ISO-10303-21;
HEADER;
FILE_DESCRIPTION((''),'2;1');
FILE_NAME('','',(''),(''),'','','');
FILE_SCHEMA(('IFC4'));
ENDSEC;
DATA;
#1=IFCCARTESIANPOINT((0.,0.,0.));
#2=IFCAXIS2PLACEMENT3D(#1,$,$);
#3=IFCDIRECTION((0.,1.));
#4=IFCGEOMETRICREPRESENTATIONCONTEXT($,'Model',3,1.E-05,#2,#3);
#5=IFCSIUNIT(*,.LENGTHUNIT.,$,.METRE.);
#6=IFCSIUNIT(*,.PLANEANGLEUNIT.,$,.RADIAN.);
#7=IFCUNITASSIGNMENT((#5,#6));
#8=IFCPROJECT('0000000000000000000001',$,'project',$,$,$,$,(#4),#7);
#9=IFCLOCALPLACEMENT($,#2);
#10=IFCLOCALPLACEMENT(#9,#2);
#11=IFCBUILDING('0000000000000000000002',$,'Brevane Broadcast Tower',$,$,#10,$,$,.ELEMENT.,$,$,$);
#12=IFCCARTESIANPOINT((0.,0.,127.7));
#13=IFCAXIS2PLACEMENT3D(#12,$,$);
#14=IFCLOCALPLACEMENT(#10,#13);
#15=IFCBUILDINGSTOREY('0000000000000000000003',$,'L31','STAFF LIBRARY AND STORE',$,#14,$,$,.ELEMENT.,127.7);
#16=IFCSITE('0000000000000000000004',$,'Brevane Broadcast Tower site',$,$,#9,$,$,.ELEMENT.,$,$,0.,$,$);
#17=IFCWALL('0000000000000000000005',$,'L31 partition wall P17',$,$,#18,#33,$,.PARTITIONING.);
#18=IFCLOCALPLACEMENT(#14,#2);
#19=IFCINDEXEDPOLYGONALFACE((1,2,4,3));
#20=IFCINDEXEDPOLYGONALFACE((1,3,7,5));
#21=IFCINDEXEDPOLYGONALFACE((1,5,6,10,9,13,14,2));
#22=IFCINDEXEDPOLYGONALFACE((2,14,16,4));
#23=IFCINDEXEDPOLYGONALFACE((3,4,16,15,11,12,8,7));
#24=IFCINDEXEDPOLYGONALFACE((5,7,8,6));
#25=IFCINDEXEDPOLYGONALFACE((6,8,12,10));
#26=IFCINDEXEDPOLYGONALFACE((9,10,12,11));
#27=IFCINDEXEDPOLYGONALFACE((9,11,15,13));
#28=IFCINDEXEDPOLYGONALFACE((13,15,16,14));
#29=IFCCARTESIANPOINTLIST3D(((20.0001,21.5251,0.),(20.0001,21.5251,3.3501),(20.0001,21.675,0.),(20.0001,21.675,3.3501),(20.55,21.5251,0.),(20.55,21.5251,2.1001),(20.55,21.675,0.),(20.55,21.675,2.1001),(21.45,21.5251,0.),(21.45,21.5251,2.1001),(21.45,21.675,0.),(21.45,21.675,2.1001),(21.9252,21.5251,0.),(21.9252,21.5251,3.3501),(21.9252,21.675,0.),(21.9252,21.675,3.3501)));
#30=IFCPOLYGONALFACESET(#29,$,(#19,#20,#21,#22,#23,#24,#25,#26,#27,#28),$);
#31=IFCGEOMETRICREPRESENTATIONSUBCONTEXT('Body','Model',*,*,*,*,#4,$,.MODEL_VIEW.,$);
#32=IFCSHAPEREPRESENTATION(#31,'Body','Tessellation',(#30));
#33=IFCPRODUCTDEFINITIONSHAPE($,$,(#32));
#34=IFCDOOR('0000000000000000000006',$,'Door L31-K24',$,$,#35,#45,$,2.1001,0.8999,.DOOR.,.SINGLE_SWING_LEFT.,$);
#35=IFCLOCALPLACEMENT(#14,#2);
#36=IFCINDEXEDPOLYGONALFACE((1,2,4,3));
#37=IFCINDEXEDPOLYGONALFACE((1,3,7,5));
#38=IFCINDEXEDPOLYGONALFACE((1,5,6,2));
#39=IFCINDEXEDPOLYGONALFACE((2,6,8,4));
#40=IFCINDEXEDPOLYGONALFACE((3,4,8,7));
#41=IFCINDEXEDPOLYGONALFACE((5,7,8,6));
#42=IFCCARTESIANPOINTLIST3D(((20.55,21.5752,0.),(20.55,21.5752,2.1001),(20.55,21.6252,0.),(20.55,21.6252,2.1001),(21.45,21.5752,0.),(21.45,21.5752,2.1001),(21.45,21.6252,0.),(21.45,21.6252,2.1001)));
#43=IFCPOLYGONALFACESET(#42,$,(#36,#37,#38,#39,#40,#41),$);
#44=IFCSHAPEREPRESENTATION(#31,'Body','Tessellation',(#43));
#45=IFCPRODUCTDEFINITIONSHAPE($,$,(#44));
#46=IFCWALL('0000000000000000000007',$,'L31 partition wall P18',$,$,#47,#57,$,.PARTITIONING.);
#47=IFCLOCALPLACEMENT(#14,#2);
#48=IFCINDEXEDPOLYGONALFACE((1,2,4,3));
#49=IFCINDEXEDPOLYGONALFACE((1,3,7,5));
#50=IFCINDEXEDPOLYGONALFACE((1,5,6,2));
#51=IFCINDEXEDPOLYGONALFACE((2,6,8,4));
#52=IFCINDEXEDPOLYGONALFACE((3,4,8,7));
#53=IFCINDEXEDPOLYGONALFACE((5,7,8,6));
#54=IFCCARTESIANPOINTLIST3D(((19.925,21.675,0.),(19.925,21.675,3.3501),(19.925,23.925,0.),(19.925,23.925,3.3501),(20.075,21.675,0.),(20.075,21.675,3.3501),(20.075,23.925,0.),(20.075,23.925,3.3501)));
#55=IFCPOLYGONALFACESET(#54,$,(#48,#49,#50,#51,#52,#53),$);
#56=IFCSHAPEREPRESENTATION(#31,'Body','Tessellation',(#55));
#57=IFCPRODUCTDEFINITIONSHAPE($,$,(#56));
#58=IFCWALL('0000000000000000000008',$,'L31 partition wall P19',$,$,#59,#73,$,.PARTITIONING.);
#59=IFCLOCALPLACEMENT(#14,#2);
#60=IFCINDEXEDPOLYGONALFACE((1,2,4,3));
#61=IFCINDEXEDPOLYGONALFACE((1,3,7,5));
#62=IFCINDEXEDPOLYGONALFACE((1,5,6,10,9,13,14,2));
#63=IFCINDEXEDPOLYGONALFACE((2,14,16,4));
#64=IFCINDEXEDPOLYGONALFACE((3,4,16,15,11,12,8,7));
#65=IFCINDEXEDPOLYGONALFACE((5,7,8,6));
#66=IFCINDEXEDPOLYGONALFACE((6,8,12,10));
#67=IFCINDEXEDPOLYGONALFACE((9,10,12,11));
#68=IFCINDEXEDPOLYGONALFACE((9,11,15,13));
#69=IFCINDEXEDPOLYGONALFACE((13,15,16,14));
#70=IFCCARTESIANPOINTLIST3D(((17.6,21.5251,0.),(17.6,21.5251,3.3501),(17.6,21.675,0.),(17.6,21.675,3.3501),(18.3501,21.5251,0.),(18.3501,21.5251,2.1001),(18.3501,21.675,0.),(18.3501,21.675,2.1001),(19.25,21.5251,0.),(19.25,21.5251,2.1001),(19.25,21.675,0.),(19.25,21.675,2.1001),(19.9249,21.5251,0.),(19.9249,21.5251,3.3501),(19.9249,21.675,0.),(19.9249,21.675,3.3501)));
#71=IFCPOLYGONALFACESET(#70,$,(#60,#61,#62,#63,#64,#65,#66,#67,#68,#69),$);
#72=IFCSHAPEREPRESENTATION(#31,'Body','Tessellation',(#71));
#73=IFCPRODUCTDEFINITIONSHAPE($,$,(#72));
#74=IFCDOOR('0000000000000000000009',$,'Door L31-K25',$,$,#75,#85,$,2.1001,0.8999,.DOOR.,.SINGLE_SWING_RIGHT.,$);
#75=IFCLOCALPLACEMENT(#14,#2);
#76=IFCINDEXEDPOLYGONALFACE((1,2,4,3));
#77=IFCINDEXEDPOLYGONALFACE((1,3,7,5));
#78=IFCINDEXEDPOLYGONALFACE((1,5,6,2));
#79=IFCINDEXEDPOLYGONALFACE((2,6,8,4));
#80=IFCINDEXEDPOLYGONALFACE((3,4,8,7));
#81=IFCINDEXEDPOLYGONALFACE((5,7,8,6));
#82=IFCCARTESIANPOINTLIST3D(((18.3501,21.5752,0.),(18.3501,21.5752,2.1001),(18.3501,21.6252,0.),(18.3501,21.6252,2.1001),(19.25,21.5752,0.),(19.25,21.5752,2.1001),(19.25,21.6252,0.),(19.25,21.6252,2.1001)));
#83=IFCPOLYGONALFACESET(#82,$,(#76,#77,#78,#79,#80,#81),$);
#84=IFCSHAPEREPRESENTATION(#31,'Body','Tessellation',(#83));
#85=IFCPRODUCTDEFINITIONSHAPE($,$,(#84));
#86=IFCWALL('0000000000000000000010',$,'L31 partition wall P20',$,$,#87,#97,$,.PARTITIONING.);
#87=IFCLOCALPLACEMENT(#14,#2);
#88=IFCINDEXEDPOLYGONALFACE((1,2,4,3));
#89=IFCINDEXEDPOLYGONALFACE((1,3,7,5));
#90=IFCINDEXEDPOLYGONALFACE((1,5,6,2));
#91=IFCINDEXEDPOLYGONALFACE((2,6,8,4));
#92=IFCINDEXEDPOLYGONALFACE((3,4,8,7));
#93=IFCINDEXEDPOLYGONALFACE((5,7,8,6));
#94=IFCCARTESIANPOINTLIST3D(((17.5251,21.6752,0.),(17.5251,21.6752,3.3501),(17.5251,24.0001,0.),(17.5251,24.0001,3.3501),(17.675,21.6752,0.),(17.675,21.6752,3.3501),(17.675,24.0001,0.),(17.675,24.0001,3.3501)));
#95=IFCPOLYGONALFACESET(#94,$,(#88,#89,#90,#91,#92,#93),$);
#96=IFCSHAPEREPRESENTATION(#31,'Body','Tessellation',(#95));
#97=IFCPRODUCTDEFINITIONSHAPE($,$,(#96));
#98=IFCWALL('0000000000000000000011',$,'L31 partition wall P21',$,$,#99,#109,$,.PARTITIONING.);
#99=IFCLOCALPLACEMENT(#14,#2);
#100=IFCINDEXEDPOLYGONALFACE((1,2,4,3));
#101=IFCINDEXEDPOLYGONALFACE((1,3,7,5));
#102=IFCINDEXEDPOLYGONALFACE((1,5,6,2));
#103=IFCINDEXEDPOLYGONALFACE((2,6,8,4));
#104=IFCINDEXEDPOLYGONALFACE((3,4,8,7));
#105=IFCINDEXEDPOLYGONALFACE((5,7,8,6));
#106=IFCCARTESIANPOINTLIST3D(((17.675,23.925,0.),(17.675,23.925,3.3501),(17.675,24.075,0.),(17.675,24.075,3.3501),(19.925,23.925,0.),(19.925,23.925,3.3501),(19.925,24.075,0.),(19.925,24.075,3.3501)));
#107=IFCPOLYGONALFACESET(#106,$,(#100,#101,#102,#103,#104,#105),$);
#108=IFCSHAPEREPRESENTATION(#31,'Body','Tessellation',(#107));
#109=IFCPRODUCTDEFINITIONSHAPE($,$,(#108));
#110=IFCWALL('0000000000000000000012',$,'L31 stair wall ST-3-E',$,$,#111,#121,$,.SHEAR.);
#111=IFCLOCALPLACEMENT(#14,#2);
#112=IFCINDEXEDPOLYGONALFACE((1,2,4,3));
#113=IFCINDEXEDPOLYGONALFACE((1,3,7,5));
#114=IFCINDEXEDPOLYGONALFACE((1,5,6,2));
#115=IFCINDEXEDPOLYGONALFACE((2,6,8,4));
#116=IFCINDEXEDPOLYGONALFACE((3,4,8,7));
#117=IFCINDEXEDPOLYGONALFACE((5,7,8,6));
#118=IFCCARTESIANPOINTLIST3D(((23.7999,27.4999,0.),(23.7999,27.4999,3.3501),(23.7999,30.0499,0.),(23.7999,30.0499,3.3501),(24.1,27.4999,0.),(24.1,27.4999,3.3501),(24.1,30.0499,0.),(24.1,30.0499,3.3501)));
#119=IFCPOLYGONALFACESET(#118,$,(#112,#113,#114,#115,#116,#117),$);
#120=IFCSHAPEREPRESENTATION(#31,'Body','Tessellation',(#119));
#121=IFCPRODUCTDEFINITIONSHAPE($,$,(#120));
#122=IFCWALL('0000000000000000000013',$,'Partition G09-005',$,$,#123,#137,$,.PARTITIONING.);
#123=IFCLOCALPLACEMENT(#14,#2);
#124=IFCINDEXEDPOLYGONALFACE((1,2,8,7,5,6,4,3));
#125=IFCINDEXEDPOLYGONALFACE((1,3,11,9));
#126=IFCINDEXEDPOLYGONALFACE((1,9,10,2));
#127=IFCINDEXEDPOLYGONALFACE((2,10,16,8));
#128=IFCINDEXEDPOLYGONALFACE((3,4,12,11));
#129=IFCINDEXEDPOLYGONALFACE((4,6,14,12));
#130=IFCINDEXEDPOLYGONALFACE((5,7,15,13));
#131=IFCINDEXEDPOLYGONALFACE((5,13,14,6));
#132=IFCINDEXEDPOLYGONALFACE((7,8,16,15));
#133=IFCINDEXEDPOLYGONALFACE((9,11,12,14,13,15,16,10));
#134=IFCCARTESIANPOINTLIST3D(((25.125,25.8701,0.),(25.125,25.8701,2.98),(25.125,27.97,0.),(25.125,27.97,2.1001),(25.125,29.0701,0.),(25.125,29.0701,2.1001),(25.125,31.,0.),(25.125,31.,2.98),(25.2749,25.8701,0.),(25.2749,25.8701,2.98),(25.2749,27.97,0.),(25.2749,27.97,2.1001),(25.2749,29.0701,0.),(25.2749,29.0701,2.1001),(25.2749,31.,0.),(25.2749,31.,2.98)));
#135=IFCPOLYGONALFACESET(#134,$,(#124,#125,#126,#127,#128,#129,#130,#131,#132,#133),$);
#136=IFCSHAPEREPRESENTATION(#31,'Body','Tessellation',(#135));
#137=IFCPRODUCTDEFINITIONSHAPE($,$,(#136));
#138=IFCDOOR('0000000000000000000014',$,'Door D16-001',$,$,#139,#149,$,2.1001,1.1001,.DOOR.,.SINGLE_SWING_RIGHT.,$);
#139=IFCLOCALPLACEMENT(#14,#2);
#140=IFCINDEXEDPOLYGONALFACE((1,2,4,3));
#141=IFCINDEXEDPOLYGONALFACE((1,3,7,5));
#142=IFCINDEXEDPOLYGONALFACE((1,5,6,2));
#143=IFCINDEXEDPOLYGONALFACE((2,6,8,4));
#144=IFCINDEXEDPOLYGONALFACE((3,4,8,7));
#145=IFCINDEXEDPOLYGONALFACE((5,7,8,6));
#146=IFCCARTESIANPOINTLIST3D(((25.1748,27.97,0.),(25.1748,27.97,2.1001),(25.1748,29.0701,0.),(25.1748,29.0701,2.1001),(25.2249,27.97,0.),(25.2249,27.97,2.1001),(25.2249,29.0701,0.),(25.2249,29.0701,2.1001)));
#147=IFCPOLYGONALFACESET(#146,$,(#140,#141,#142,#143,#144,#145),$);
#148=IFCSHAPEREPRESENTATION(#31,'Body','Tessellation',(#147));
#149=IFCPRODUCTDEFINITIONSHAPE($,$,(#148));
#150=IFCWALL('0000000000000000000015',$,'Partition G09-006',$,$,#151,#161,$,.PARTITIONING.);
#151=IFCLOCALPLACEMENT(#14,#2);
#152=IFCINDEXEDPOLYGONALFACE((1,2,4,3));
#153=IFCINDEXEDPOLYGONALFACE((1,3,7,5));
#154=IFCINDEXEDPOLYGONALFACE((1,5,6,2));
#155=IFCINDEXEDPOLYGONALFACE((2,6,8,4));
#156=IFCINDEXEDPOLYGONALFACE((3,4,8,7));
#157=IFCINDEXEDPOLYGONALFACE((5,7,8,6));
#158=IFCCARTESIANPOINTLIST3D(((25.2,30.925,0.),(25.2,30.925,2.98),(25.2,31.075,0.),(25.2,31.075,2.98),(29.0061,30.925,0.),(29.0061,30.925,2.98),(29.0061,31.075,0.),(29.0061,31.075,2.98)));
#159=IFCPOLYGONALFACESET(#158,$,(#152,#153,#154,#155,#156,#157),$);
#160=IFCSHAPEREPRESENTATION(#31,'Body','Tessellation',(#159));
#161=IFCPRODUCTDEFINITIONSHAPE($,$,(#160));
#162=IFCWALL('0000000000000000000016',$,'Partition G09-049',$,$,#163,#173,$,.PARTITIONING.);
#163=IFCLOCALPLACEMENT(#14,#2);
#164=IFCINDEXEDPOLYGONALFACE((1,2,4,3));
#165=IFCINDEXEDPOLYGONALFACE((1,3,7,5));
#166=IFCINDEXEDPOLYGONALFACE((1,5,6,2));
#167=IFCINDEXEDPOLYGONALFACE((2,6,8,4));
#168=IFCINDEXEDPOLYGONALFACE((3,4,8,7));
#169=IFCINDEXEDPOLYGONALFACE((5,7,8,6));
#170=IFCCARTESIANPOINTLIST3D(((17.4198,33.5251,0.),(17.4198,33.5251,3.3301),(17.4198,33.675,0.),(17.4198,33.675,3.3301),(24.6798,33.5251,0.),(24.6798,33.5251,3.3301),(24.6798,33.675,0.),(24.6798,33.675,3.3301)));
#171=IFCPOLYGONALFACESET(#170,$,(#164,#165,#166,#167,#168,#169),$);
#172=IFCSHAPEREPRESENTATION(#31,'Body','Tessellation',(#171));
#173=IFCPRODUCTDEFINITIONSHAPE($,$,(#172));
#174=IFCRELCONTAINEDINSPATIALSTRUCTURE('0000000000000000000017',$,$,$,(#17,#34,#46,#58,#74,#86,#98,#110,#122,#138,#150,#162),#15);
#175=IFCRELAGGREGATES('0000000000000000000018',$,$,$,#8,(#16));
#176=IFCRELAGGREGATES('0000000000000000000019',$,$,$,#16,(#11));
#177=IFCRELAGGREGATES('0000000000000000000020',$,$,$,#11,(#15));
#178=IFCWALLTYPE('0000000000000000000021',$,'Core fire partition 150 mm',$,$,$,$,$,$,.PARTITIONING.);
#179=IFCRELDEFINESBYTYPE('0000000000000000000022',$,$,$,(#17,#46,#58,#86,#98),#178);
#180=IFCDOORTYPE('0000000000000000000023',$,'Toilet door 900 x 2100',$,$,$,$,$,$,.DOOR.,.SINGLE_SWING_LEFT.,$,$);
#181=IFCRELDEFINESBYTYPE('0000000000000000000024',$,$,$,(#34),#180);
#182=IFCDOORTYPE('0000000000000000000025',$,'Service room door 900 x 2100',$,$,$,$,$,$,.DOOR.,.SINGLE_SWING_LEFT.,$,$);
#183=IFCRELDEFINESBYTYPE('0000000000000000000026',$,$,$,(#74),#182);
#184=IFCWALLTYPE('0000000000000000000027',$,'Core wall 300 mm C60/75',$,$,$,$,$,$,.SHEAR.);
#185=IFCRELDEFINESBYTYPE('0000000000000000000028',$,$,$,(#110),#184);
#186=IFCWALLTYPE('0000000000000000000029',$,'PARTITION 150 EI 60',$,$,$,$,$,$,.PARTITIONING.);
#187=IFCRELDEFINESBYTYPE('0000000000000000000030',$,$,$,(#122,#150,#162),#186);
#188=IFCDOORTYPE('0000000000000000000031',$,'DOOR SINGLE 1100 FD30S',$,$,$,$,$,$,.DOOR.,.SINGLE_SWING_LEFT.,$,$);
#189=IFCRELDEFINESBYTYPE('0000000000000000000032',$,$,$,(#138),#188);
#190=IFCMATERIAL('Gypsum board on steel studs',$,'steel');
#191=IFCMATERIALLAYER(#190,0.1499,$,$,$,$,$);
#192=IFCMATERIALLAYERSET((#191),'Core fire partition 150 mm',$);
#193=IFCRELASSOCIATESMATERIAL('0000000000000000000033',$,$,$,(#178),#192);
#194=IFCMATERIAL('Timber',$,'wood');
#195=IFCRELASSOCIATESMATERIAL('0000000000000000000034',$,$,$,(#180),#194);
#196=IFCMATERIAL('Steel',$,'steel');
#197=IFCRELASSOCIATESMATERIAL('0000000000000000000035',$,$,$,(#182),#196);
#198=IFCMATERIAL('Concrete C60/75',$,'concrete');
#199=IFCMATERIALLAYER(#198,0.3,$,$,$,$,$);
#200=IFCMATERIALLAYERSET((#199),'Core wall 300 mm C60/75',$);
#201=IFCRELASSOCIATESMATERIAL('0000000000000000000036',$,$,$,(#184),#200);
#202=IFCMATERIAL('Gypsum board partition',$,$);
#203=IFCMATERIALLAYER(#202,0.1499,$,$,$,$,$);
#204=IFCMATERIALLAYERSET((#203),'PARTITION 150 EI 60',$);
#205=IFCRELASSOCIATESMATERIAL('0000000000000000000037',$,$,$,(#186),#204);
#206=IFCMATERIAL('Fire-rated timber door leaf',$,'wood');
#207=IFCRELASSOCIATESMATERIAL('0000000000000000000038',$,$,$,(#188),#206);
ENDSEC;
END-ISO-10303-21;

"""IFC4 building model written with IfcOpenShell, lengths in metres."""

from ifc_helpers import new_model, si_unit, direction, frame, frame_2d, origin, place, context, subcontext, project, spatial, polyline, rectangle, outline, extrude, material, layer, layer_set, type_object, element, fill, save


model = new_model("IFC4")

# Units and contexts
model_context = context("Model", 3, precision=1e-05, world=origin(), true_north=direction((0.0, 1.0)))
body_context = subcontext(model_context, "Body", "Model", "MODEL_VIEW")
ifc_project = project(units=[si_unit("LENGTHUNIT", "METRE"), si_unit("PLANEANGLEUNIT", "RADIAN")], contexts=[model_context])

# Site, building, storey
site_placement = place(None, origin())
site = spatial("IfcSite", under=ifc_project, at=site_placement, Name="Brevane Broadcast Tower site", CompositionType="ELEMENT", RefElevation=0.0)
building_placement = place(site_placement, origin())
building = spatial("IfcBuilding", under=site, at=building_placement, Name="Brevane Broadcast Tower", CompositionType="ELEMENT")
storey_placement = place(building_placement, frame((0.0, 0.0, 127.7)))
storey = spatial("IfcBuildingStorey", under=building, at=storey_placement, Name="L31", Description="STAFF LIBRARY AND STORE", CompositionType="ELEMENT", Elevation=127.7)

# Shared definitions
ifc_material_1 = material(Name="Concrete C60/75", Category="concrete")

# Shared definitions
ifc_material_2 = material(Name="Gypsum board on steel studs", Category="steel")
ifc_layer_1 = layer(ifc_material_2, 0.1499)
ifc_layer_set_1 = layer_set([ifc_layer_1], Name="Core fire partition 150 mm")
wall_type_1 = type_object("IfcWallType", Name="Core fire partition 150 mm", PredefinedType="PARTITIONING", material=ifc_layer_set_1)

# Wall, opening, door
wall_1_placement = place(storey_placement, frame((21.925, 21.6001, 0.0), z_axis=(0.0, 0.0, 1.0), x_axis=(-1.0, 0.0, 0.0)))
wall_1 = element("IfcWall", 1, at=wall_1_placement, inside=storey, type_object=wall_type_1, Name="L31 partition wall P17", PredefinedType="PARTITIONING", context=body_context, shape_type="SweptSolid", body=[
    extrude(rectangle(XDim=1.925, YDim=0.1499, at=frame_2d((0.9624, 0.0))), origin(), (0.0, 0.0, 1.0), 3.3501),
])
opening_1_placement = place(wall_1_placement, frame((0.4751, 0.0, 0.0)))
opening_1 = element("IfcOpeningElement", 2, at=opening_1_placement, cuts=wall_1, PredefinedType="OPENING", context=body_context, shape_type="SweptSolid", body=[
    extrude(rectangle(XDim=0.8999, YDim=2.1001, at=frame_2d((0.45, 1.05))), frame((0.0, 0.085, 0.0), z_axis=(0.0, -1.0, 0.0), x_axis=(1.0, 0.0, 0.0)), (0.0, 0.0, 1.0), 0.1699),
])
ifc_material_3 = material(Name="Timber", Category="wood")
door_type_1 = type_object("IfcDoorType", Name="Toilet door 900 x 2100", OperationType="SINGLE_SWING_LEFT", PredefinedType="DOOR", material=ifc_material_3)
door_1_placement = place(opening_1_placement, origin())
door_1 = element("IfcDoor", 3, at=door_1_placement, inside=storey, type_object=door_type_1, Name="Door L31-K24", OperationType="SINGLE_SWING_LEFT", OverallHeight=2.1001, OverallWidth=0.8999, PredefinedType="DOOR", context=body_context, shape_type="SweptSolid", body=[
    extrude(rectangle(XDim=0.8999, YDim=2.1001, at=frame_2d((0.45, 1.05))), frame((0.0, 0.0249, 0.0), z_axis=(0.0, -1.0, 0.0), x_axis=(1.0, 0.0, 0.0)), (0.0, 0.0, 1.0), 0.05),
])
fill(opening_1, door_1)

# Wall
wall_2_placement = place(storey_placement, frame((20.0, 21.675, 0.0), z_axis=(0.0, 0.0, 1.0), x_axis=(0.0, 1.0, 0.0)))
element("IfcWall", 4, at=wall_2_placement, inside=storey, type_object=wall_type_1, Name="L31 partition wall P18", PredefinedType="PARTITIONING", context=body_context, shape_type="SweptSolid", body=[
    extrude(rectangle(XDim=2.25, YDim=0.1499, at=frame_2d((1.125, 0.0))), origin(), (0.0, 0.0, 1.0), 3.3501),
])

# Wall, opening, door
wall_3_placement = place(storey_placement, frame((19.925, 21.6001, 0.0), z_axis=(0.0, 0.0, 1.0), x_axis=(-1.0, 0.0, 0.0)))
wall_3 = element("IfcWall", 5, at=wall_3_placement, inside=storey, type_object=wall_type_1, Name="L31 partition wall P19", PredefinedType="PARTITIONING", context=body_context, shape_type="SweptSolid", body=[
    extrude(rectangle(XDim=2.325, YDim=0.1499, at=frame_2d((1.1626, 0.0))), origin(), (0.0, 0.0, 1.0), 3.3501),
])
opening_2_placement = place(wall_3_placement, frame((0.675, 0.0, 0.0)))
opening_2 = element("IfcOpeningElement", 6, at=opening_2_placement, cuts=wall_3, PredefinedType="OPENING", context=body_context, shape_type="SweptSolid", body=[
    extrude(rectangle(XDim=0.8999, YDim=2.1001, at=frame_2d((0.45, 1.05))), frame((0.0, 0.085, 0.0), z_axis=(0.0, -1.0, 0.0), x_axis=(1.0, 0.0, 0.0)), (0.0, 0.0, 1.0), 0.1699),
])
ifc_material_4 = material(Name="Steel", Category="steel")
door_type_2 = type_object("IfcDoorType", Name="Service room door 900 x 2100", OperationType="SINGLE_SWING_LEFT", PredefinedType="DOOR", material=ifc_material_4)
door_2_placement = place(opening_2_placement, origin())
door_2 = element("IfcDoor", 7, at=door_2_placement, inside=storey, type_object=door_type_2, Name="Door L31-K25", OperationType="SINGLE_SWING_RIGHT", OverallHeight=2.1001, OverallWidth=0.8999, PredefinedType="DOOR", context=body_context, shape_type="SweptSolid", body=[
    extrude(rectangle(XDim=0.8999, YDim=2.1001, at=frame_2d((0.45, 1.05))), frame((0.0, 0.0249, 0.0), z_axis=(0.0, -1.0, 0.0), x_axis=(1.0, 0.0, 0.0)), (0.0, 0.0, 1.0), 0.05),
])
fill(opening_2, door_2)

# Walls
wall_4_placement = place(storey_placement, frame((17.6001, 21.675, 0.0), z_axis=(0.0, 0.0, 1.0), x_axis=(0.0, 1.0, 0.0)))
element("IfcWall", 8, at=wall_4_placement, inside=storey, type_object=wall_type_1, Name="L31 partition wall P20", PredefinedType="PARTITIONING", context=body_context, shape_type="SweptSolid", body=[
    extrude(rectangle(XDim=2.325, YDim=0.1499, at=frame_2d((1.1626, 0.0))), origin(), (0.0, 0.0, 1.0), 3.3501),
])
wall_5_placement = place(storey_placement, frame((17.675, 24.0, 0.0), z_axis=(0.0, 0.0, 1.0), x_axis=(1.0, 0.0, 0.0)))
element("IfcWall", 9, at=wall_5_placement, inside=storey, type_object=wall_type_1, Name="L31 partition wall P21", PredefinedType="PARTITIONING", context=body_context, shape_type="SweptSolid", body=[
    extrude(rectangle(XDim=2.25, YDim=0.1499, at=frame_2d((1.125, 0.0))), origin(), (0.0, 0.0, 1.0), 3.3501),
])
ifc_layer_2 = layer(ifc_material_1, 0.3)
ifc_layer_set_2 = layer_set([ifc_layer_2], Name="Core wall 300 mm C60/75")
wall_type_2 = type_object("IfcWallType", Name="Core wall 300 mm C60/75", PredefinedType="SHEAR", material=ifc_layer_set_2)
wall_6_placement = place(storey_placement, frame((23.95, 27.5, 0.0), z_axis=(0.0, 0.0, 1.0), x_axis=(0.0, 1.0, 0.0)))
element("IfcWall", 10, at=wall_6_placement, inside=storey, type_object=wall_type_2, Name="L31 stair wall ST-3-E", PredefinedType="SHEAR", context=body_context, shape_type="SweptSolid", body=[
    extrude(rectangle(XDim=2.55, YDim=0.3, at=frame_2d((1.2749, 0.0))), origin(), (0.0, 0.0, 1.0), 3.3501),
])

# Wall, opening, door
ifc_material_5 = material(Name="Gypsum board partition")
ifc_layer_3 = layer(ifc_material_5, 0.1499)
ifc_layer_set_3 = layer_set([ifc_layer_3], Name="PARTITION 150 EI 60")
wall_type_3 = type_object("IfcWallType", Name="PARTITION 150 EI 60", PredefinedType="PARTITIONING", material=ifc_layer_set_3)
wall_7_placement = place(storey_placement, frame((25.2, 31.0, 0.0), z_axis=(0.0, 0.0, 1.0), x_axis=(0.0, -1.0, 0.0)))
wall_7 = element("IfcWall", 11, at=wall_7_placement, inside=storey, type_object=wall_type_3, Name="Partition G09-005", PredefinedType="PARTITIONING", context=body_context, shape_type="SweptSolid", body=[
    extrude(outline(polyline([(0.0, 0.0), (5.1299, 0.0), (5.1299, 2.98), (0.0, 2.98), (0.0, 0.0)])), frame((0.0, 0.075, 0.0), z_axis=(0.0, -1.0, 0.0), x_axis=(1.0, 0.0, 0.0)), (0.0, 0.0, 1.0), 0.1499),
])
opening_3_placement = place(wall_7_placement, frame((1.9299, 0.0, 0.0)))
opening_3 = element("IfcOpeningElement", 12, at=opening_3_placement, cuts=wall_7, PredefinedType="OPENING", context=body_context, shape_type="SweptSolid", body=[
    extrude(rectangle(XDim=1.1001, YDim=2.1001, at=frame_2d((0.55, 1.05))), frame((0.0, 0.085, 0.0), z_axis=(0.0, -1.0, 0.0), x_axis=(1.0, 0.0, 0.0)), (0.0, 0.0, 1.0), 0.1699),
])
ifc_material_6 = material(Name="Fire-rated timber door leaf", Category="wood")
door_type_3 = type_object("IfcDoorType", Name="DOOR SINGLE 1100 FD30S", OperationType="SINGLE_SWING_LEFT", PredefinedType="DOOR", material=ifc_material_6)
door_3_placement = place(opening_3_placement, origin())
door_3 = element("IfcDoor", 13, at=door_3_placement, inside=storey, type_object=door_type_3, Name="Door D16-001", OperationType="SINGLE_SWING_RIGHT", OverallHeight=2.1001, OverallWidth=1.1001, PredefinedType="DOOR", context=body_context, shape_type="SweptSolid", body=[
    extrude(rectangle(XDim=1.1001, YDim=2.1001, at=frame_2d((0.55, 1.05))), frame((0.0, 0.0249, 0.0), z_axis=(0.0, -1.0, 0.0), x_axis=(1.0, 0.0, 0.0)), (0.0, 0.0, 1.0), 0.05),
])
fill(opening_3, door_3)

# Walls
wall_8_placement = place(storey_placement, frame((25.2, 31.0, 0.0), z_axis=(0.0, 0.0, 1.0), x_axis=(1.0, 0.0, 0.0)))
element("IfcWall", 14, at=wall_8_placement, inside=storey, type_object=wall_type_3, Name="Partition G09-006", PredefinedType="PARTITIONING", context=body_context, shape_type="SweptSolid", body=[
    extrude(rectangle(XDim=3.8062, YDim=0.1499, at=frame_2d((1.9031, 0.0))), origin(), (0.0, 0.0, 1.0), 2.98),
])
wall_9_placement = place(storey_placement, frame((17.4199, 33.6001, 0.0), z_axis=(0.0, 0.0, 1.0), x_axis=(1.0, 0.0, 0.0)))
element("IfcWall", 15, at=wall_9_placement, inside=storey, type_object=wall_type_3, Name="Partition G09-049", PredefinedType="PARTITIONING", context=body_context, shape_type="SweptSolid", body=[
    extrude(rectangle(XDim=7.26, YDim=0.1499, at=frame_2d((3.6299, 0.0))), origin(), (0.0, 0.0, 1.0), 3.3301),
])

save(model, "model.ifc")
